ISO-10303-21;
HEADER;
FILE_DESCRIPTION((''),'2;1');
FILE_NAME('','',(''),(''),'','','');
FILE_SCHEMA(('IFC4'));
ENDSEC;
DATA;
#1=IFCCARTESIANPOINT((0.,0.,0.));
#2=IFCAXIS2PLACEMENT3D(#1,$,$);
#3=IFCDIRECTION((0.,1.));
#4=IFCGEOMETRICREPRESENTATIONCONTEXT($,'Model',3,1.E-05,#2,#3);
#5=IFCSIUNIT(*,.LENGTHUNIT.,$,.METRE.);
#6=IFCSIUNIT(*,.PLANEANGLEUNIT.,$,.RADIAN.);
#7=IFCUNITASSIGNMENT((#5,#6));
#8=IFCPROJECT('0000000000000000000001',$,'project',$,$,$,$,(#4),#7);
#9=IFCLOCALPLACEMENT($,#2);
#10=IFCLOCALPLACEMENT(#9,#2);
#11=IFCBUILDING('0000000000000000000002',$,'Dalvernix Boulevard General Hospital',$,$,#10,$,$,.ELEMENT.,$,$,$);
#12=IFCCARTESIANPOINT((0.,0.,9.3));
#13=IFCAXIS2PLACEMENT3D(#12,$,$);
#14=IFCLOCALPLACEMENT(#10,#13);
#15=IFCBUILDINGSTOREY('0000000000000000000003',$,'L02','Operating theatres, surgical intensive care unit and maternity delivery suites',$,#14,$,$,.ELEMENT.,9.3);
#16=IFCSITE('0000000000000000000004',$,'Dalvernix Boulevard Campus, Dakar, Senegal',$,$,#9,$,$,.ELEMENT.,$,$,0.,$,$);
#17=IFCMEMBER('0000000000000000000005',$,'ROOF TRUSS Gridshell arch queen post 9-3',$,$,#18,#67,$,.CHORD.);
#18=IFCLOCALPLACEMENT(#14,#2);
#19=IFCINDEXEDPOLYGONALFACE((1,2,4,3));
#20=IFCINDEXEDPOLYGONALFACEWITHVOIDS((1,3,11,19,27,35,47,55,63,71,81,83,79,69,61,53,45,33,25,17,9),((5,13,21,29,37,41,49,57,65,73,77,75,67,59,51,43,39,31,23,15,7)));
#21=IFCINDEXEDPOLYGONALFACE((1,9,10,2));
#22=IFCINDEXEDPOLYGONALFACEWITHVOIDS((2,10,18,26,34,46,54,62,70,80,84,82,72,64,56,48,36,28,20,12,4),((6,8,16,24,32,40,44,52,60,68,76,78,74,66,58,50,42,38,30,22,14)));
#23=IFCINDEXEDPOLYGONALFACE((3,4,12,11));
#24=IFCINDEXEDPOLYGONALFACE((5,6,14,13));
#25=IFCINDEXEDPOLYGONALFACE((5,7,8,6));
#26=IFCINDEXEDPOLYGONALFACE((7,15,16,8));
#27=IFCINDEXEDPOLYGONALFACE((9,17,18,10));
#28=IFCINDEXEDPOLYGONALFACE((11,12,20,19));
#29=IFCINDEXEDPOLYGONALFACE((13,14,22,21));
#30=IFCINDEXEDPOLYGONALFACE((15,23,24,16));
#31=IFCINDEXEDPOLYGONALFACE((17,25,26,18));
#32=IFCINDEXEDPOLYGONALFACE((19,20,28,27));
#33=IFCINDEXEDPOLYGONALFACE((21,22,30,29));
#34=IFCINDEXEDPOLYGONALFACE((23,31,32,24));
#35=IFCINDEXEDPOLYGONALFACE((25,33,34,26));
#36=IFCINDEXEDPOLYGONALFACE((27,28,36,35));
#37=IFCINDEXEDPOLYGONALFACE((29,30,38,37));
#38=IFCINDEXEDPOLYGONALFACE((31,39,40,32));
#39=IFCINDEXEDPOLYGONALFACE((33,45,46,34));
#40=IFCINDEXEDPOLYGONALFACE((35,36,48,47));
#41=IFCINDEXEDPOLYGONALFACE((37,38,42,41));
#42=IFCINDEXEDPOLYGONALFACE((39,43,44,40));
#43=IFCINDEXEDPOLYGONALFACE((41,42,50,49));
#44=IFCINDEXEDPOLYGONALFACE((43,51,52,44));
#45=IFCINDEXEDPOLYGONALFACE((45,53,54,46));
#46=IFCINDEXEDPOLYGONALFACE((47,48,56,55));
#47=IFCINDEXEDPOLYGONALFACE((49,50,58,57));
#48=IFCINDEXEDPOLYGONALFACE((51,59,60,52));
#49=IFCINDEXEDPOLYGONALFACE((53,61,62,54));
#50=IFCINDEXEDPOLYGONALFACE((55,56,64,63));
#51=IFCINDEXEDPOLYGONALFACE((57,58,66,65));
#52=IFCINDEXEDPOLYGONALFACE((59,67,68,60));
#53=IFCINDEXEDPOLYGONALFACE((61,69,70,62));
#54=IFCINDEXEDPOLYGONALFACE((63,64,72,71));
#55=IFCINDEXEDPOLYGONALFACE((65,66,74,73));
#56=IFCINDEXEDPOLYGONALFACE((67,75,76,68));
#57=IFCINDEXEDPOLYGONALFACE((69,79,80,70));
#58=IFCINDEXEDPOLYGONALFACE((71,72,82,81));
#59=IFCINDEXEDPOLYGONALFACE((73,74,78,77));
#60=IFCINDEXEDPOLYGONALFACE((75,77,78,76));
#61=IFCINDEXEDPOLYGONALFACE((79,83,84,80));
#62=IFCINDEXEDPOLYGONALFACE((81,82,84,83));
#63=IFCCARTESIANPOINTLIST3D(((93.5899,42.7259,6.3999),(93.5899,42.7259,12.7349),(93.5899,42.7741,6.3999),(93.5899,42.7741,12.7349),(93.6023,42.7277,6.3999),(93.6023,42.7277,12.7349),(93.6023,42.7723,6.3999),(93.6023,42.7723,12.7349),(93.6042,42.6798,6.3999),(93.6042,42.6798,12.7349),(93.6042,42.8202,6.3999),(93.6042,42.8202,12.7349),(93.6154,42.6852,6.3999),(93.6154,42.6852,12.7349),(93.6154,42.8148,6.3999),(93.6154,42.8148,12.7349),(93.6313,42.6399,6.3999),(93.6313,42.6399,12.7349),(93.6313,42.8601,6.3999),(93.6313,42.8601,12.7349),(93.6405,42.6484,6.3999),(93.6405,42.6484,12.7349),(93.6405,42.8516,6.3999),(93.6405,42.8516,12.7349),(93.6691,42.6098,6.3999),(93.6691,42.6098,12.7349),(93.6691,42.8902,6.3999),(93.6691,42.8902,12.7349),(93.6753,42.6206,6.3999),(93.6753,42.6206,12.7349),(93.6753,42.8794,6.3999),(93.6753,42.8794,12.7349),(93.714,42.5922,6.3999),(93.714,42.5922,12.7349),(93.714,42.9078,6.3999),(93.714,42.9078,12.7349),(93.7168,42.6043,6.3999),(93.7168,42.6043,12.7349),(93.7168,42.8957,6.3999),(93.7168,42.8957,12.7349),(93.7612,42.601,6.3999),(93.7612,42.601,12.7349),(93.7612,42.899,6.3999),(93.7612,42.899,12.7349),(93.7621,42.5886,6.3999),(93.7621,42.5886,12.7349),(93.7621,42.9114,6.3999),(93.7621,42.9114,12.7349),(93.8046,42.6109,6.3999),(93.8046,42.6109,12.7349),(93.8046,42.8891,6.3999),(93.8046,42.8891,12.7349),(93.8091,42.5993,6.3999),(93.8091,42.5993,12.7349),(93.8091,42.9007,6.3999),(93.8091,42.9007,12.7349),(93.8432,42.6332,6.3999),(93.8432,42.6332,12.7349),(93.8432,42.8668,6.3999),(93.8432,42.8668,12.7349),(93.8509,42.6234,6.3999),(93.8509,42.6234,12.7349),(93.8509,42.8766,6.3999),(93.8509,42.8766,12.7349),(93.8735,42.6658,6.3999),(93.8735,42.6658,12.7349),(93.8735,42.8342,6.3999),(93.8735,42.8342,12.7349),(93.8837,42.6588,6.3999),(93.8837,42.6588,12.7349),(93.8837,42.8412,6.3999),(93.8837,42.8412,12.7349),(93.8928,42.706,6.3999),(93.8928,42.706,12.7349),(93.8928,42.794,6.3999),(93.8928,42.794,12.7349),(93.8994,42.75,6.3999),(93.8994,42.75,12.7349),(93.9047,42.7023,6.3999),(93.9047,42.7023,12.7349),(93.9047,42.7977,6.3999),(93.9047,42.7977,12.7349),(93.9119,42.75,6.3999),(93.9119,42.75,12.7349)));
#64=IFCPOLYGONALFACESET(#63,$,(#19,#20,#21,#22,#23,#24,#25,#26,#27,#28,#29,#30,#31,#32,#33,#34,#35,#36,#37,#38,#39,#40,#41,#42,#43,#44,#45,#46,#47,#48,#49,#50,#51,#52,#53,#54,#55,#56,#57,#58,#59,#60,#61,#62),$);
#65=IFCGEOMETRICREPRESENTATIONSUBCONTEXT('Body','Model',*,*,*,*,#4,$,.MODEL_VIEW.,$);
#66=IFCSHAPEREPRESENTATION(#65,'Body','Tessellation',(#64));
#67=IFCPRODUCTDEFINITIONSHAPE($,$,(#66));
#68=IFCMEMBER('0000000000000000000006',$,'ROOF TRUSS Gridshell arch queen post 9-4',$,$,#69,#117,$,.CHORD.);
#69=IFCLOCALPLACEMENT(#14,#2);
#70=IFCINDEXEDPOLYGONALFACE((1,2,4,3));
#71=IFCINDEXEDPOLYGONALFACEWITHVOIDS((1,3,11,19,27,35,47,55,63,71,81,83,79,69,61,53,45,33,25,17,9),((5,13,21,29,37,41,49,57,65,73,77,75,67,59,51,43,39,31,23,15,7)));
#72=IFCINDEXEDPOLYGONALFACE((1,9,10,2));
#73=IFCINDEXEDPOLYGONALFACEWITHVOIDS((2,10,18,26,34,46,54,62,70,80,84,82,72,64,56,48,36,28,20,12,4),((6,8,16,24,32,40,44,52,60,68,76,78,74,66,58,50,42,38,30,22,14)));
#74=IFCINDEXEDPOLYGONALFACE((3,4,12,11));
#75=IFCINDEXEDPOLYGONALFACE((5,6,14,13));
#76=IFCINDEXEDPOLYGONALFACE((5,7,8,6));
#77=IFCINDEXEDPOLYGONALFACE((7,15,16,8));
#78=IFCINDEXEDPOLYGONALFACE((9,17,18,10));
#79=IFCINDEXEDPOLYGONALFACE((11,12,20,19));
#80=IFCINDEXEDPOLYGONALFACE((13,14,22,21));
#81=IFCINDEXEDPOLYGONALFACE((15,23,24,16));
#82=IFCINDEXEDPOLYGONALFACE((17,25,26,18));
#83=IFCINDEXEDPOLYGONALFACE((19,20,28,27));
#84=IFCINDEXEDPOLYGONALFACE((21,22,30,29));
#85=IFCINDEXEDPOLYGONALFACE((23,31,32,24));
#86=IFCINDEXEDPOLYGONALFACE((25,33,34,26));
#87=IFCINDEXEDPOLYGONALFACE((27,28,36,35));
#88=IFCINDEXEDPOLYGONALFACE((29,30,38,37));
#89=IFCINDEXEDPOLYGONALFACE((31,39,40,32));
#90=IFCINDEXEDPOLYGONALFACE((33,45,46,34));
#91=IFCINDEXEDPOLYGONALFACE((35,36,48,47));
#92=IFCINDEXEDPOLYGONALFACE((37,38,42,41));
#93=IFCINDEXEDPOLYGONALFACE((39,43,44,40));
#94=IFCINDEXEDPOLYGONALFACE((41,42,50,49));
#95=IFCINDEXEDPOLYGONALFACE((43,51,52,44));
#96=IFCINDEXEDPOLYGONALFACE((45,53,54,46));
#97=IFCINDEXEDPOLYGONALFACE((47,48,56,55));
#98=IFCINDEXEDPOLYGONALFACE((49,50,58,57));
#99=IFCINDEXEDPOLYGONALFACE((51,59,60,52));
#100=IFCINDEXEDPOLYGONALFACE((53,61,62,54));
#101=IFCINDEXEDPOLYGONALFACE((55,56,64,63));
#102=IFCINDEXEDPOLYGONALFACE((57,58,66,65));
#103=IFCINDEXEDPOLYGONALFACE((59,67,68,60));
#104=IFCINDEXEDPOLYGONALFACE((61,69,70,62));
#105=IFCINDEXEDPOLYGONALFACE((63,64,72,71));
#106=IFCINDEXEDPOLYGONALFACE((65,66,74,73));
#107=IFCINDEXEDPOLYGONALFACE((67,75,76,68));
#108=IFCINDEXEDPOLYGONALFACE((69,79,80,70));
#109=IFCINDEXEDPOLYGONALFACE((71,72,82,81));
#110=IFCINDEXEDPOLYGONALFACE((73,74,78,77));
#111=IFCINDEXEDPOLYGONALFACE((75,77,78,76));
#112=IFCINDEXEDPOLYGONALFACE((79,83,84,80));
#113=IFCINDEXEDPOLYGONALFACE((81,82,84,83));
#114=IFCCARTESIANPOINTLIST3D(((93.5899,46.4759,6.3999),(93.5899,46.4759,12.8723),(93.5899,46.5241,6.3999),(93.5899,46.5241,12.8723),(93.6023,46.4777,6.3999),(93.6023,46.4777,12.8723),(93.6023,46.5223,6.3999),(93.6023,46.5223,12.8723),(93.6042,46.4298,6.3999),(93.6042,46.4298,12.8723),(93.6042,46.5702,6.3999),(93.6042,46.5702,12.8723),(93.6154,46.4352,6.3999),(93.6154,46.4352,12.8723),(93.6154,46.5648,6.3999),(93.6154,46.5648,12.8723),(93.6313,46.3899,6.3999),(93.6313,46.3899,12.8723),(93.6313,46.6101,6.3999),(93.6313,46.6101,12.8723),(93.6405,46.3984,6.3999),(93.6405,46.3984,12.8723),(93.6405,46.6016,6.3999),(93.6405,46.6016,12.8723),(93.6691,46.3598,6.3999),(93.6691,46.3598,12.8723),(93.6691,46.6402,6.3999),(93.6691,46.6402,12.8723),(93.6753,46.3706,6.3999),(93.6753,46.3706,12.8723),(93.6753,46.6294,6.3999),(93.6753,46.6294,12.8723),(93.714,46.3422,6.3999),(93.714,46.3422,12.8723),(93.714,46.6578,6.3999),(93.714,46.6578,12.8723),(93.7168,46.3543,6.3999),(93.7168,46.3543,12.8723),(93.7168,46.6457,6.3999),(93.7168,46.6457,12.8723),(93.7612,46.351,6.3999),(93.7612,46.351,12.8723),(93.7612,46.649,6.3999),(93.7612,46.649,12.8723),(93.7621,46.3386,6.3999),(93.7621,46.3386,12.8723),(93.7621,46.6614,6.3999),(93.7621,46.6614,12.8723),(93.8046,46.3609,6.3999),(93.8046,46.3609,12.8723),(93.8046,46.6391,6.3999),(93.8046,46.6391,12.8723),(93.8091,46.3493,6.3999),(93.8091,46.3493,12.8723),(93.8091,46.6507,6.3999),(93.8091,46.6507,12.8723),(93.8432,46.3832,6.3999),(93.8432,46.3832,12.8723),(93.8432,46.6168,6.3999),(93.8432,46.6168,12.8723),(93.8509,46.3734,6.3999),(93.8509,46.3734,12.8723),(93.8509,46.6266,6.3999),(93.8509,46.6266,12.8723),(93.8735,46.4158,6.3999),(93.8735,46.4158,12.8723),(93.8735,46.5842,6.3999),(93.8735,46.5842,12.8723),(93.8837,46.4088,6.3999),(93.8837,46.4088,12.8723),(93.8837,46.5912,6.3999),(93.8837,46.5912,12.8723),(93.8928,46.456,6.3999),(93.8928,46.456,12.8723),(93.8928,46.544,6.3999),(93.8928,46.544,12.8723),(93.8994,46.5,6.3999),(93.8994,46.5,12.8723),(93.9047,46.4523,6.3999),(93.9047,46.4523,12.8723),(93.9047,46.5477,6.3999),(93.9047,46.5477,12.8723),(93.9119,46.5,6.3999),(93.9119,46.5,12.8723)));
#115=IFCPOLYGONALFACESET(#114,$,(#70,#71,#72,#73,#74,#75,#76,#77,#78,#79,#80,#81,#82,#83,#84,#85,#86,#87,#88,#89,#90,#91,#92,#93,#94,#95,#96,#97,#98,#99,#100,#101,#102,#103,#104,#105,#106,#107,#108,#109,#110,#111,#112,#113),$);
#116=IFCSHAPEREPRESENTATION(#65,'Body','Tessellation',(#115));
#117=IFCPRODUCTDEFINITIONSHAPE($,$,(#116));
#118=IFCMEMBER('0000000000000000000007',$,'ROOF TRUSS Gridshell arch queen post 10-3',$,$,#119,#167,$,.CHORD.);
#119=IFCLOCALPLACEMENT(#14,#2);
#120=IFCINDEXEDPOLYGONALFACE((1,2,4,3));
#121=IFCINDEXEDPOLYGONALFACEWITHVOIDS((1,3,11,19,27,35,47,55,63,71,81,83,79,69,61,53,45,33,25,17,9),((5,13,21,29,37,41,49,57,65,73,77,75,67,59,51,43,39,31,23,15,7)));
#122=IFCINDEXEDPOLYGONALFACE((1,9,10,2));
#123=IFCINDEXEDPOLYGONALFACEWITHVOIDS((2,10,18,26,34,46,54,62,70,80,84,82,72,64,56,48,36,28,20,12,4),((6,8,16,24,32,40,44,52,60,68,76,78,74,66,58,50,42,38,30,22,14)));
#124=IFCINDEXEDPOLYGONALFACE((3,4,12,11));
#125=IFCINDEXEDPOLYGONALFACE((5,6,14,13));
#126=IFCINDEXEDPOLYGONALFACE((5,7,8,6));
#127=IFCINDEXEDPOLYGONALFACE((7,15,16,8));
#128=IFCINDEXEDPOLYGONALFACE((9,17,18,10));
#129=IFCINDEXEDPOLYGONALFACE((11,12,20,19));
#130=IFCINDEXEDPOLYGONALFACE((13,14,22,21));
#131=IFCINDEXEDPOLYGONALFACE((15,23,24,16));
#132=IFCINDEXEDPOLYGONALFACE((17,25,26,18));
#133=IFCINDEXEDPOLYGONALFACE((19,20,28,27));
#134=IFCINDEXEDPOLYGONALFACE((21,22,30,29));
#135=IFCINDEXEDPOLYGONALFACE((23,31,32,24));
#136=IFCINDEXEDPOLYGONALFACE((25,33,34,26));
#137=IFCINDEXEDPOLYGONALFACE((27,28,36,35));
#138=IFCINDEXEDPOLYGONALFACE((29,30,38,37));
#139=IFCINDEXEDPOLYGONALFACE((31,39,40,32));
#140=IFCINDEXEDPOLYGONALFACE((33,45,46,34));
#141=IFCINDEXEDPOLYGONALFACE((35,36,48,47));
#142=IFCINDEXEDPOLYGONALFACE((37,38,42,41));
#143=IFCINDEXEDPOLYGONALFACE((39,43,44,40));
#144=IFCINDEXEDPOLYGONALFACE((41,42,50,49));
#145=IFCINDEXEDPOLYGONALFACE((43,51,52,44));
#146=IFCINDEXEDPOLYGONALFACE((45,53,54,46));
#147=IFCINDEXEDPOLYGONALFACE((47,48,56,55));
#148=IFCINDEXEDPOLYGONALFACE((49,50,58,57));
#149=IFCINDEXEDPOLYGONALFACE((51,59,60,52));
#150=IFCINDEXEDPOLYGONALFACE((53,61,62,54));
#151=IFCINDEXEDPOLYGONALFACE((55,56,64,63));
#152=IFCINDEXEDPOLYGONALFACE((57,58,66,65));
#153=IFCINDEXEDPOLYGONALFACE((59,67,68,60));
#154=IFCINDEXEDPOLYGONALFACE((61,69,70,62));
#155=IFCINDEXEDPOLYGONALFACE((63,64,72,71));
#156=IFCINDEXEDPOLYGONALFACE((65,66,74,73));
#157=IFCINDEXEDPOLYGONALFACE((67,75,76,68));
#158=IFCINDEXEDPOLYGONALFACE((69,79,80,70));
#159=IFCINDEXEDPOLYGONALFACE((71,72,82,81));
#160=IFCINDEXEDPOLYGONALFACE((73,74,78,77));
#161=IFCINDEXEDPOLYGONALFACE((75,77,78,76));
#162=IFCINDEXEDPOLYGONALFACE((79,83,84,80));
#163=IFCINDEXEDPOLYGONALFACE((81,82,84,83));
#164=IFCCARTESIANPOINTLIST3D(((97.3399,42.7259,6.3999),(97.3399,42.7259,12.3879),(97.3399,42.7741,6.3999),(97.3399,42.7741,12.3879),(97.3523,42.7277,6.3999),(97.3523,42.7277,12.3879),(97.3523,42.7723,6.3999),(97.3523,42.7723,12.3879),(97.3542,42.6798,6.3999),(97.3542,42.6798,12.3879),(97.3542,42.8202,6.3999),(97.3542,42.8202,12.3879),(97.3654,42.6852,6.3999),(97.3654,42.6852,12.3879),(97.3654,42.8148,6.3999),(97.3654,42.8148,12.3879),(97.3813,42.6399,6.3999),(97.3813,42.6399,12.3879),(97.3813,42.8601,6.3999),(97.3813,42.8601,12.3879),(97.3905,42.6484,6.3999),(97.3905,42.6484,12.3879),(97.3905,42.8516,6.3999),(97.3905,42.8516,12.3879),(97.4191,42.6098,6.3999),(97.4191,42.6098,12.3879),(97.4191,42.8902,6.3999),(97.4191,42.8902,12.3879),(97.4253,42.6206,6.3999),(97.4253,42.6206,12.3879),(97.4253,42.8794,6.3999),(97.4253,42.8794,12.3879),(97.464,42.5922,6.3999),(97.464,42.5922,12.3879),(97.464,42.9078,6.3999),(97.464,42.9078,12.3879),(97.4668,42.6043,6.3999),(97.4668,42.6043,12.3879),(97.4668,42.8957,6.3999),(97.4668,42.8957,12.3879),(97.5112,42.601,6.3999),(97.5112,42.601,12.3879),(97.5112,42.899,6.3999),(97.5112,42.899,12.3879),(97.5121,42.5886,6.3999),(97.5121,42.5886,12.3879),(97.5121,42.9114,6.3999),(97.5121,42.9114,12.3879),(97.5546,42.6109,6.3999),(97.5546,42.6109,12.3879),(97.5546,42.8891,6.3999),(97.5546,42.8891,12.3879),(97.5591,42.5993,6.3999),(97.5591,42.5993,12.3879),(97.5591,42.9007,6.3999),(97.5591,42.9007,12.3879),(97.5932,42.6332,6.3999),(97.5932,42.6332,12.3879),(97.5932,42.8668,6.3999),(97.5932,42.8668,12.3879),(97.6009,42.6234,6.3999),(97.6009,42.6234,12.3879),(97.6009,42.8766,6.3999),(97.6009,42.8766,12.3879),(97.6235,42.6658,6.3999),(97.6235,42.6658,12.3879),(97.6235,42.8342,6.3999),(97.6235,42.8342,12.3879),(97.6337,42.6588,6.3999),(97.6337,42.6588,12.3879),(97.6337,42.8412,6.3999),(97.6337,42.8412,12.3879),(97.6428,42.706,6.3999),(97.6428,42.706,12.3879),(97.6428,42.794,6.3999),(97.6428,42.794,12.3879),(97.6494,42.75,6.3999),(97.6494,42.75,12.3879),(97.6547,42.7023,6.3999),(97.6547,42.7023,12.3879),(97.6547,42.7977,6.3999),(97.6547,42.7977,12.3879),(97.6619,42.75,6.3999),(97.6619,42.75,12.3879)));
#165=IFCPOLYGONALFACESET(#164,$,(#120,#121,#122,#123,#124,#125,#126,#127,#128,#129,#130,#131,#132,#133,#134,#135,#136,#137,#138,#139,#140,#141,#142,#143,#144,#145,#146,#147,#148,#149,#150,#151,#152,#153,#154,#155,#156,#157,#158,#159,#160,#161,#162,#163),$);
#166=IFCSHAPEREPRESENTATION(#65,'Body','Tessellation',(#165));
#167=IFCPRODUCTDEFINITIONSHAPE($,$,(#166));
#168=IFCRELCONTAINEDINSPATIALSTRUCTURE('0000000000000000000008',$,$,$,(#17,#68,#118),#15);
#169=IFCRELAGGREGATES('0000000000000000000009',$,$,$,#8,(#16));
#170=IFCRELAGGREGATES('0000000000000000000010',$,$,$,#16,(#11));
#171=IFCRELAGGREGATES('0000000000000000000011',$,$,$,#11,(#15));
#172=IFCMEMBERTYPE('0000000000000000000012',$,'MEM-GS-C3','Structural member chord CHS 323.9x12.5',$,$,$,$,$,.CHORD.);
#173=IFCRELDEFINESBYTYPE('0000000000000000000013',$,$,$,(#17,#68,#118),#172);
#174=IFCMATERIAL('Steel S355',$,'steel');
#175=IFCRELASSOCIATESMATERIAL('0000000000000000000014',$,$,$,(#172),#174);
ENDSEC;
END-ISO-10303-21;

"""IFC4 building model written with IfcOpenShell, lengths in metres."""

from ifc_helpers import new_model, si_unit, direction, frame, origin, origin_2d, place, context, subcontext, project, spatial, hollow_circle, extrude, material, material_profile, profile_set, type_object, element, save


model = new_model("IFC4")

# Units and contexts
model_context = context("Model", 3, precision=1e-05, world=origin(), true_north=direction((0.0, 1.0)))
body_context = subcontext(model_context, "Body", "Model", "MODEL_VIEW")
ifc_project = project(units=[si_unit("LENGTHUNIT", "METRE"), si_unit("PLANEANGLEUNIT", "RADIAN")], contexts=[model_context])

# Site, building, storey
site_placement = place(None, origin())
site = spatial("IfcSite", under=ifc_project, at=site_placement, Name="Dalvernix Boulevard Campus, Dakar, Senegal", CompositionType="ELEMENT", RefElevation=0.0)
building_placement = place(site_placement, origin())
building = spatial("IfcBuilding", under=site, at=building_placement, Name="Dalvernix Boulevard General Hospital", CompositionType="ELEMENT")
storey_placement = place(building_placement, frame((0.0, 0.0, 9.3)))
storey = spatial("IfcBuildingStorey", under=building, at=storey_placement, Name="L02", Description="Operating theatres, surgical intensive care unit and maternity delivery suites", CompositionType="ELEMENT", Elevation=9.3)

# Shared definitions
ifc_material_1 = material(Name="Steel S355", Category="steel")

# Members
ifc_material_profile_1 = material_profile(ifc_material_1, hollow_circle(Radius=0.1619, WallThickness=0.0125, at=origin_2d()), Name="CHS 323.9x12.5")
ifc_profile_set_1 = profile_set([ifc_material_profile_1], Name="Steel S355")
member_type_1 = type_object("IfcMemberType", Name="MEM-GS-C3", Description="Structural member chord CHS 323.9x12.5", PredefinedType="CHORD", material=ifc_profile_set_1)
member_1_placement = place(storey_placement, frame((93.75, 42.75, 6.3999), z_axis=(0.0, 0.0, 1.0), x_axis=(1.0, 0.0, 0.0)))
element("IfcMember", 1, at=member_1_placement, inside=storey, type_object=member_type_1, Name="ROOF TRUSS Gridshell arch queen post 9-3", PredefinedType="CHORD", context=body_context, shape_type="SweptSolid", body=[
    extrude(hollow_circle(Radius=0.1619, WallThickness=0.0125, at=origin_2d()), origin(), (0.0, 0.0, 1.0), 6.335),
])
member_2_placement = place(storey_placement, frame((93.75, 46.5, 6.3999), z_axis=(0.0, 0.0, 1.0), x_axis=(1.0, 0.0, 0.0)))
element("IfcMember", 2, at=member_2_placement, inside=storey, type_object=member_type_1, Name="ROOF TRUSS Gridshell arch queen post 9-4", PredefinedType="CHORD", context=body_context, shape_type="SweptSolid", body=[
    extrude(hollow_circle(Radius=0.1619, WallThickness=0.0125, at=origin_2d()), origin(), (0.0, 0.0, 1.0), 6.4724),
])
member_3_placement = place(storey_placement, frame((97.5, 42.75, 6.3999), z_axis=(0.0, 0.0, 1.0), x_axis=(1.0, 0.0, 0.0)))
element("IfcMember", 3, at=member_3_placement, inside=storey, type_object=member_type_1, Name="ROOF TRUSS Gridshell arch queen post 10-3", PredefinedType="CHORD", context=body_context, shape_type="SweptSolid", body=[
    extrude(hollow_circle(Radius=0.1619, WallThickness=0.0125, at=origin_2d()), origin(), (0.0, 0.0, 1.0), 5.988),
])

save(model, "model.ifc")
